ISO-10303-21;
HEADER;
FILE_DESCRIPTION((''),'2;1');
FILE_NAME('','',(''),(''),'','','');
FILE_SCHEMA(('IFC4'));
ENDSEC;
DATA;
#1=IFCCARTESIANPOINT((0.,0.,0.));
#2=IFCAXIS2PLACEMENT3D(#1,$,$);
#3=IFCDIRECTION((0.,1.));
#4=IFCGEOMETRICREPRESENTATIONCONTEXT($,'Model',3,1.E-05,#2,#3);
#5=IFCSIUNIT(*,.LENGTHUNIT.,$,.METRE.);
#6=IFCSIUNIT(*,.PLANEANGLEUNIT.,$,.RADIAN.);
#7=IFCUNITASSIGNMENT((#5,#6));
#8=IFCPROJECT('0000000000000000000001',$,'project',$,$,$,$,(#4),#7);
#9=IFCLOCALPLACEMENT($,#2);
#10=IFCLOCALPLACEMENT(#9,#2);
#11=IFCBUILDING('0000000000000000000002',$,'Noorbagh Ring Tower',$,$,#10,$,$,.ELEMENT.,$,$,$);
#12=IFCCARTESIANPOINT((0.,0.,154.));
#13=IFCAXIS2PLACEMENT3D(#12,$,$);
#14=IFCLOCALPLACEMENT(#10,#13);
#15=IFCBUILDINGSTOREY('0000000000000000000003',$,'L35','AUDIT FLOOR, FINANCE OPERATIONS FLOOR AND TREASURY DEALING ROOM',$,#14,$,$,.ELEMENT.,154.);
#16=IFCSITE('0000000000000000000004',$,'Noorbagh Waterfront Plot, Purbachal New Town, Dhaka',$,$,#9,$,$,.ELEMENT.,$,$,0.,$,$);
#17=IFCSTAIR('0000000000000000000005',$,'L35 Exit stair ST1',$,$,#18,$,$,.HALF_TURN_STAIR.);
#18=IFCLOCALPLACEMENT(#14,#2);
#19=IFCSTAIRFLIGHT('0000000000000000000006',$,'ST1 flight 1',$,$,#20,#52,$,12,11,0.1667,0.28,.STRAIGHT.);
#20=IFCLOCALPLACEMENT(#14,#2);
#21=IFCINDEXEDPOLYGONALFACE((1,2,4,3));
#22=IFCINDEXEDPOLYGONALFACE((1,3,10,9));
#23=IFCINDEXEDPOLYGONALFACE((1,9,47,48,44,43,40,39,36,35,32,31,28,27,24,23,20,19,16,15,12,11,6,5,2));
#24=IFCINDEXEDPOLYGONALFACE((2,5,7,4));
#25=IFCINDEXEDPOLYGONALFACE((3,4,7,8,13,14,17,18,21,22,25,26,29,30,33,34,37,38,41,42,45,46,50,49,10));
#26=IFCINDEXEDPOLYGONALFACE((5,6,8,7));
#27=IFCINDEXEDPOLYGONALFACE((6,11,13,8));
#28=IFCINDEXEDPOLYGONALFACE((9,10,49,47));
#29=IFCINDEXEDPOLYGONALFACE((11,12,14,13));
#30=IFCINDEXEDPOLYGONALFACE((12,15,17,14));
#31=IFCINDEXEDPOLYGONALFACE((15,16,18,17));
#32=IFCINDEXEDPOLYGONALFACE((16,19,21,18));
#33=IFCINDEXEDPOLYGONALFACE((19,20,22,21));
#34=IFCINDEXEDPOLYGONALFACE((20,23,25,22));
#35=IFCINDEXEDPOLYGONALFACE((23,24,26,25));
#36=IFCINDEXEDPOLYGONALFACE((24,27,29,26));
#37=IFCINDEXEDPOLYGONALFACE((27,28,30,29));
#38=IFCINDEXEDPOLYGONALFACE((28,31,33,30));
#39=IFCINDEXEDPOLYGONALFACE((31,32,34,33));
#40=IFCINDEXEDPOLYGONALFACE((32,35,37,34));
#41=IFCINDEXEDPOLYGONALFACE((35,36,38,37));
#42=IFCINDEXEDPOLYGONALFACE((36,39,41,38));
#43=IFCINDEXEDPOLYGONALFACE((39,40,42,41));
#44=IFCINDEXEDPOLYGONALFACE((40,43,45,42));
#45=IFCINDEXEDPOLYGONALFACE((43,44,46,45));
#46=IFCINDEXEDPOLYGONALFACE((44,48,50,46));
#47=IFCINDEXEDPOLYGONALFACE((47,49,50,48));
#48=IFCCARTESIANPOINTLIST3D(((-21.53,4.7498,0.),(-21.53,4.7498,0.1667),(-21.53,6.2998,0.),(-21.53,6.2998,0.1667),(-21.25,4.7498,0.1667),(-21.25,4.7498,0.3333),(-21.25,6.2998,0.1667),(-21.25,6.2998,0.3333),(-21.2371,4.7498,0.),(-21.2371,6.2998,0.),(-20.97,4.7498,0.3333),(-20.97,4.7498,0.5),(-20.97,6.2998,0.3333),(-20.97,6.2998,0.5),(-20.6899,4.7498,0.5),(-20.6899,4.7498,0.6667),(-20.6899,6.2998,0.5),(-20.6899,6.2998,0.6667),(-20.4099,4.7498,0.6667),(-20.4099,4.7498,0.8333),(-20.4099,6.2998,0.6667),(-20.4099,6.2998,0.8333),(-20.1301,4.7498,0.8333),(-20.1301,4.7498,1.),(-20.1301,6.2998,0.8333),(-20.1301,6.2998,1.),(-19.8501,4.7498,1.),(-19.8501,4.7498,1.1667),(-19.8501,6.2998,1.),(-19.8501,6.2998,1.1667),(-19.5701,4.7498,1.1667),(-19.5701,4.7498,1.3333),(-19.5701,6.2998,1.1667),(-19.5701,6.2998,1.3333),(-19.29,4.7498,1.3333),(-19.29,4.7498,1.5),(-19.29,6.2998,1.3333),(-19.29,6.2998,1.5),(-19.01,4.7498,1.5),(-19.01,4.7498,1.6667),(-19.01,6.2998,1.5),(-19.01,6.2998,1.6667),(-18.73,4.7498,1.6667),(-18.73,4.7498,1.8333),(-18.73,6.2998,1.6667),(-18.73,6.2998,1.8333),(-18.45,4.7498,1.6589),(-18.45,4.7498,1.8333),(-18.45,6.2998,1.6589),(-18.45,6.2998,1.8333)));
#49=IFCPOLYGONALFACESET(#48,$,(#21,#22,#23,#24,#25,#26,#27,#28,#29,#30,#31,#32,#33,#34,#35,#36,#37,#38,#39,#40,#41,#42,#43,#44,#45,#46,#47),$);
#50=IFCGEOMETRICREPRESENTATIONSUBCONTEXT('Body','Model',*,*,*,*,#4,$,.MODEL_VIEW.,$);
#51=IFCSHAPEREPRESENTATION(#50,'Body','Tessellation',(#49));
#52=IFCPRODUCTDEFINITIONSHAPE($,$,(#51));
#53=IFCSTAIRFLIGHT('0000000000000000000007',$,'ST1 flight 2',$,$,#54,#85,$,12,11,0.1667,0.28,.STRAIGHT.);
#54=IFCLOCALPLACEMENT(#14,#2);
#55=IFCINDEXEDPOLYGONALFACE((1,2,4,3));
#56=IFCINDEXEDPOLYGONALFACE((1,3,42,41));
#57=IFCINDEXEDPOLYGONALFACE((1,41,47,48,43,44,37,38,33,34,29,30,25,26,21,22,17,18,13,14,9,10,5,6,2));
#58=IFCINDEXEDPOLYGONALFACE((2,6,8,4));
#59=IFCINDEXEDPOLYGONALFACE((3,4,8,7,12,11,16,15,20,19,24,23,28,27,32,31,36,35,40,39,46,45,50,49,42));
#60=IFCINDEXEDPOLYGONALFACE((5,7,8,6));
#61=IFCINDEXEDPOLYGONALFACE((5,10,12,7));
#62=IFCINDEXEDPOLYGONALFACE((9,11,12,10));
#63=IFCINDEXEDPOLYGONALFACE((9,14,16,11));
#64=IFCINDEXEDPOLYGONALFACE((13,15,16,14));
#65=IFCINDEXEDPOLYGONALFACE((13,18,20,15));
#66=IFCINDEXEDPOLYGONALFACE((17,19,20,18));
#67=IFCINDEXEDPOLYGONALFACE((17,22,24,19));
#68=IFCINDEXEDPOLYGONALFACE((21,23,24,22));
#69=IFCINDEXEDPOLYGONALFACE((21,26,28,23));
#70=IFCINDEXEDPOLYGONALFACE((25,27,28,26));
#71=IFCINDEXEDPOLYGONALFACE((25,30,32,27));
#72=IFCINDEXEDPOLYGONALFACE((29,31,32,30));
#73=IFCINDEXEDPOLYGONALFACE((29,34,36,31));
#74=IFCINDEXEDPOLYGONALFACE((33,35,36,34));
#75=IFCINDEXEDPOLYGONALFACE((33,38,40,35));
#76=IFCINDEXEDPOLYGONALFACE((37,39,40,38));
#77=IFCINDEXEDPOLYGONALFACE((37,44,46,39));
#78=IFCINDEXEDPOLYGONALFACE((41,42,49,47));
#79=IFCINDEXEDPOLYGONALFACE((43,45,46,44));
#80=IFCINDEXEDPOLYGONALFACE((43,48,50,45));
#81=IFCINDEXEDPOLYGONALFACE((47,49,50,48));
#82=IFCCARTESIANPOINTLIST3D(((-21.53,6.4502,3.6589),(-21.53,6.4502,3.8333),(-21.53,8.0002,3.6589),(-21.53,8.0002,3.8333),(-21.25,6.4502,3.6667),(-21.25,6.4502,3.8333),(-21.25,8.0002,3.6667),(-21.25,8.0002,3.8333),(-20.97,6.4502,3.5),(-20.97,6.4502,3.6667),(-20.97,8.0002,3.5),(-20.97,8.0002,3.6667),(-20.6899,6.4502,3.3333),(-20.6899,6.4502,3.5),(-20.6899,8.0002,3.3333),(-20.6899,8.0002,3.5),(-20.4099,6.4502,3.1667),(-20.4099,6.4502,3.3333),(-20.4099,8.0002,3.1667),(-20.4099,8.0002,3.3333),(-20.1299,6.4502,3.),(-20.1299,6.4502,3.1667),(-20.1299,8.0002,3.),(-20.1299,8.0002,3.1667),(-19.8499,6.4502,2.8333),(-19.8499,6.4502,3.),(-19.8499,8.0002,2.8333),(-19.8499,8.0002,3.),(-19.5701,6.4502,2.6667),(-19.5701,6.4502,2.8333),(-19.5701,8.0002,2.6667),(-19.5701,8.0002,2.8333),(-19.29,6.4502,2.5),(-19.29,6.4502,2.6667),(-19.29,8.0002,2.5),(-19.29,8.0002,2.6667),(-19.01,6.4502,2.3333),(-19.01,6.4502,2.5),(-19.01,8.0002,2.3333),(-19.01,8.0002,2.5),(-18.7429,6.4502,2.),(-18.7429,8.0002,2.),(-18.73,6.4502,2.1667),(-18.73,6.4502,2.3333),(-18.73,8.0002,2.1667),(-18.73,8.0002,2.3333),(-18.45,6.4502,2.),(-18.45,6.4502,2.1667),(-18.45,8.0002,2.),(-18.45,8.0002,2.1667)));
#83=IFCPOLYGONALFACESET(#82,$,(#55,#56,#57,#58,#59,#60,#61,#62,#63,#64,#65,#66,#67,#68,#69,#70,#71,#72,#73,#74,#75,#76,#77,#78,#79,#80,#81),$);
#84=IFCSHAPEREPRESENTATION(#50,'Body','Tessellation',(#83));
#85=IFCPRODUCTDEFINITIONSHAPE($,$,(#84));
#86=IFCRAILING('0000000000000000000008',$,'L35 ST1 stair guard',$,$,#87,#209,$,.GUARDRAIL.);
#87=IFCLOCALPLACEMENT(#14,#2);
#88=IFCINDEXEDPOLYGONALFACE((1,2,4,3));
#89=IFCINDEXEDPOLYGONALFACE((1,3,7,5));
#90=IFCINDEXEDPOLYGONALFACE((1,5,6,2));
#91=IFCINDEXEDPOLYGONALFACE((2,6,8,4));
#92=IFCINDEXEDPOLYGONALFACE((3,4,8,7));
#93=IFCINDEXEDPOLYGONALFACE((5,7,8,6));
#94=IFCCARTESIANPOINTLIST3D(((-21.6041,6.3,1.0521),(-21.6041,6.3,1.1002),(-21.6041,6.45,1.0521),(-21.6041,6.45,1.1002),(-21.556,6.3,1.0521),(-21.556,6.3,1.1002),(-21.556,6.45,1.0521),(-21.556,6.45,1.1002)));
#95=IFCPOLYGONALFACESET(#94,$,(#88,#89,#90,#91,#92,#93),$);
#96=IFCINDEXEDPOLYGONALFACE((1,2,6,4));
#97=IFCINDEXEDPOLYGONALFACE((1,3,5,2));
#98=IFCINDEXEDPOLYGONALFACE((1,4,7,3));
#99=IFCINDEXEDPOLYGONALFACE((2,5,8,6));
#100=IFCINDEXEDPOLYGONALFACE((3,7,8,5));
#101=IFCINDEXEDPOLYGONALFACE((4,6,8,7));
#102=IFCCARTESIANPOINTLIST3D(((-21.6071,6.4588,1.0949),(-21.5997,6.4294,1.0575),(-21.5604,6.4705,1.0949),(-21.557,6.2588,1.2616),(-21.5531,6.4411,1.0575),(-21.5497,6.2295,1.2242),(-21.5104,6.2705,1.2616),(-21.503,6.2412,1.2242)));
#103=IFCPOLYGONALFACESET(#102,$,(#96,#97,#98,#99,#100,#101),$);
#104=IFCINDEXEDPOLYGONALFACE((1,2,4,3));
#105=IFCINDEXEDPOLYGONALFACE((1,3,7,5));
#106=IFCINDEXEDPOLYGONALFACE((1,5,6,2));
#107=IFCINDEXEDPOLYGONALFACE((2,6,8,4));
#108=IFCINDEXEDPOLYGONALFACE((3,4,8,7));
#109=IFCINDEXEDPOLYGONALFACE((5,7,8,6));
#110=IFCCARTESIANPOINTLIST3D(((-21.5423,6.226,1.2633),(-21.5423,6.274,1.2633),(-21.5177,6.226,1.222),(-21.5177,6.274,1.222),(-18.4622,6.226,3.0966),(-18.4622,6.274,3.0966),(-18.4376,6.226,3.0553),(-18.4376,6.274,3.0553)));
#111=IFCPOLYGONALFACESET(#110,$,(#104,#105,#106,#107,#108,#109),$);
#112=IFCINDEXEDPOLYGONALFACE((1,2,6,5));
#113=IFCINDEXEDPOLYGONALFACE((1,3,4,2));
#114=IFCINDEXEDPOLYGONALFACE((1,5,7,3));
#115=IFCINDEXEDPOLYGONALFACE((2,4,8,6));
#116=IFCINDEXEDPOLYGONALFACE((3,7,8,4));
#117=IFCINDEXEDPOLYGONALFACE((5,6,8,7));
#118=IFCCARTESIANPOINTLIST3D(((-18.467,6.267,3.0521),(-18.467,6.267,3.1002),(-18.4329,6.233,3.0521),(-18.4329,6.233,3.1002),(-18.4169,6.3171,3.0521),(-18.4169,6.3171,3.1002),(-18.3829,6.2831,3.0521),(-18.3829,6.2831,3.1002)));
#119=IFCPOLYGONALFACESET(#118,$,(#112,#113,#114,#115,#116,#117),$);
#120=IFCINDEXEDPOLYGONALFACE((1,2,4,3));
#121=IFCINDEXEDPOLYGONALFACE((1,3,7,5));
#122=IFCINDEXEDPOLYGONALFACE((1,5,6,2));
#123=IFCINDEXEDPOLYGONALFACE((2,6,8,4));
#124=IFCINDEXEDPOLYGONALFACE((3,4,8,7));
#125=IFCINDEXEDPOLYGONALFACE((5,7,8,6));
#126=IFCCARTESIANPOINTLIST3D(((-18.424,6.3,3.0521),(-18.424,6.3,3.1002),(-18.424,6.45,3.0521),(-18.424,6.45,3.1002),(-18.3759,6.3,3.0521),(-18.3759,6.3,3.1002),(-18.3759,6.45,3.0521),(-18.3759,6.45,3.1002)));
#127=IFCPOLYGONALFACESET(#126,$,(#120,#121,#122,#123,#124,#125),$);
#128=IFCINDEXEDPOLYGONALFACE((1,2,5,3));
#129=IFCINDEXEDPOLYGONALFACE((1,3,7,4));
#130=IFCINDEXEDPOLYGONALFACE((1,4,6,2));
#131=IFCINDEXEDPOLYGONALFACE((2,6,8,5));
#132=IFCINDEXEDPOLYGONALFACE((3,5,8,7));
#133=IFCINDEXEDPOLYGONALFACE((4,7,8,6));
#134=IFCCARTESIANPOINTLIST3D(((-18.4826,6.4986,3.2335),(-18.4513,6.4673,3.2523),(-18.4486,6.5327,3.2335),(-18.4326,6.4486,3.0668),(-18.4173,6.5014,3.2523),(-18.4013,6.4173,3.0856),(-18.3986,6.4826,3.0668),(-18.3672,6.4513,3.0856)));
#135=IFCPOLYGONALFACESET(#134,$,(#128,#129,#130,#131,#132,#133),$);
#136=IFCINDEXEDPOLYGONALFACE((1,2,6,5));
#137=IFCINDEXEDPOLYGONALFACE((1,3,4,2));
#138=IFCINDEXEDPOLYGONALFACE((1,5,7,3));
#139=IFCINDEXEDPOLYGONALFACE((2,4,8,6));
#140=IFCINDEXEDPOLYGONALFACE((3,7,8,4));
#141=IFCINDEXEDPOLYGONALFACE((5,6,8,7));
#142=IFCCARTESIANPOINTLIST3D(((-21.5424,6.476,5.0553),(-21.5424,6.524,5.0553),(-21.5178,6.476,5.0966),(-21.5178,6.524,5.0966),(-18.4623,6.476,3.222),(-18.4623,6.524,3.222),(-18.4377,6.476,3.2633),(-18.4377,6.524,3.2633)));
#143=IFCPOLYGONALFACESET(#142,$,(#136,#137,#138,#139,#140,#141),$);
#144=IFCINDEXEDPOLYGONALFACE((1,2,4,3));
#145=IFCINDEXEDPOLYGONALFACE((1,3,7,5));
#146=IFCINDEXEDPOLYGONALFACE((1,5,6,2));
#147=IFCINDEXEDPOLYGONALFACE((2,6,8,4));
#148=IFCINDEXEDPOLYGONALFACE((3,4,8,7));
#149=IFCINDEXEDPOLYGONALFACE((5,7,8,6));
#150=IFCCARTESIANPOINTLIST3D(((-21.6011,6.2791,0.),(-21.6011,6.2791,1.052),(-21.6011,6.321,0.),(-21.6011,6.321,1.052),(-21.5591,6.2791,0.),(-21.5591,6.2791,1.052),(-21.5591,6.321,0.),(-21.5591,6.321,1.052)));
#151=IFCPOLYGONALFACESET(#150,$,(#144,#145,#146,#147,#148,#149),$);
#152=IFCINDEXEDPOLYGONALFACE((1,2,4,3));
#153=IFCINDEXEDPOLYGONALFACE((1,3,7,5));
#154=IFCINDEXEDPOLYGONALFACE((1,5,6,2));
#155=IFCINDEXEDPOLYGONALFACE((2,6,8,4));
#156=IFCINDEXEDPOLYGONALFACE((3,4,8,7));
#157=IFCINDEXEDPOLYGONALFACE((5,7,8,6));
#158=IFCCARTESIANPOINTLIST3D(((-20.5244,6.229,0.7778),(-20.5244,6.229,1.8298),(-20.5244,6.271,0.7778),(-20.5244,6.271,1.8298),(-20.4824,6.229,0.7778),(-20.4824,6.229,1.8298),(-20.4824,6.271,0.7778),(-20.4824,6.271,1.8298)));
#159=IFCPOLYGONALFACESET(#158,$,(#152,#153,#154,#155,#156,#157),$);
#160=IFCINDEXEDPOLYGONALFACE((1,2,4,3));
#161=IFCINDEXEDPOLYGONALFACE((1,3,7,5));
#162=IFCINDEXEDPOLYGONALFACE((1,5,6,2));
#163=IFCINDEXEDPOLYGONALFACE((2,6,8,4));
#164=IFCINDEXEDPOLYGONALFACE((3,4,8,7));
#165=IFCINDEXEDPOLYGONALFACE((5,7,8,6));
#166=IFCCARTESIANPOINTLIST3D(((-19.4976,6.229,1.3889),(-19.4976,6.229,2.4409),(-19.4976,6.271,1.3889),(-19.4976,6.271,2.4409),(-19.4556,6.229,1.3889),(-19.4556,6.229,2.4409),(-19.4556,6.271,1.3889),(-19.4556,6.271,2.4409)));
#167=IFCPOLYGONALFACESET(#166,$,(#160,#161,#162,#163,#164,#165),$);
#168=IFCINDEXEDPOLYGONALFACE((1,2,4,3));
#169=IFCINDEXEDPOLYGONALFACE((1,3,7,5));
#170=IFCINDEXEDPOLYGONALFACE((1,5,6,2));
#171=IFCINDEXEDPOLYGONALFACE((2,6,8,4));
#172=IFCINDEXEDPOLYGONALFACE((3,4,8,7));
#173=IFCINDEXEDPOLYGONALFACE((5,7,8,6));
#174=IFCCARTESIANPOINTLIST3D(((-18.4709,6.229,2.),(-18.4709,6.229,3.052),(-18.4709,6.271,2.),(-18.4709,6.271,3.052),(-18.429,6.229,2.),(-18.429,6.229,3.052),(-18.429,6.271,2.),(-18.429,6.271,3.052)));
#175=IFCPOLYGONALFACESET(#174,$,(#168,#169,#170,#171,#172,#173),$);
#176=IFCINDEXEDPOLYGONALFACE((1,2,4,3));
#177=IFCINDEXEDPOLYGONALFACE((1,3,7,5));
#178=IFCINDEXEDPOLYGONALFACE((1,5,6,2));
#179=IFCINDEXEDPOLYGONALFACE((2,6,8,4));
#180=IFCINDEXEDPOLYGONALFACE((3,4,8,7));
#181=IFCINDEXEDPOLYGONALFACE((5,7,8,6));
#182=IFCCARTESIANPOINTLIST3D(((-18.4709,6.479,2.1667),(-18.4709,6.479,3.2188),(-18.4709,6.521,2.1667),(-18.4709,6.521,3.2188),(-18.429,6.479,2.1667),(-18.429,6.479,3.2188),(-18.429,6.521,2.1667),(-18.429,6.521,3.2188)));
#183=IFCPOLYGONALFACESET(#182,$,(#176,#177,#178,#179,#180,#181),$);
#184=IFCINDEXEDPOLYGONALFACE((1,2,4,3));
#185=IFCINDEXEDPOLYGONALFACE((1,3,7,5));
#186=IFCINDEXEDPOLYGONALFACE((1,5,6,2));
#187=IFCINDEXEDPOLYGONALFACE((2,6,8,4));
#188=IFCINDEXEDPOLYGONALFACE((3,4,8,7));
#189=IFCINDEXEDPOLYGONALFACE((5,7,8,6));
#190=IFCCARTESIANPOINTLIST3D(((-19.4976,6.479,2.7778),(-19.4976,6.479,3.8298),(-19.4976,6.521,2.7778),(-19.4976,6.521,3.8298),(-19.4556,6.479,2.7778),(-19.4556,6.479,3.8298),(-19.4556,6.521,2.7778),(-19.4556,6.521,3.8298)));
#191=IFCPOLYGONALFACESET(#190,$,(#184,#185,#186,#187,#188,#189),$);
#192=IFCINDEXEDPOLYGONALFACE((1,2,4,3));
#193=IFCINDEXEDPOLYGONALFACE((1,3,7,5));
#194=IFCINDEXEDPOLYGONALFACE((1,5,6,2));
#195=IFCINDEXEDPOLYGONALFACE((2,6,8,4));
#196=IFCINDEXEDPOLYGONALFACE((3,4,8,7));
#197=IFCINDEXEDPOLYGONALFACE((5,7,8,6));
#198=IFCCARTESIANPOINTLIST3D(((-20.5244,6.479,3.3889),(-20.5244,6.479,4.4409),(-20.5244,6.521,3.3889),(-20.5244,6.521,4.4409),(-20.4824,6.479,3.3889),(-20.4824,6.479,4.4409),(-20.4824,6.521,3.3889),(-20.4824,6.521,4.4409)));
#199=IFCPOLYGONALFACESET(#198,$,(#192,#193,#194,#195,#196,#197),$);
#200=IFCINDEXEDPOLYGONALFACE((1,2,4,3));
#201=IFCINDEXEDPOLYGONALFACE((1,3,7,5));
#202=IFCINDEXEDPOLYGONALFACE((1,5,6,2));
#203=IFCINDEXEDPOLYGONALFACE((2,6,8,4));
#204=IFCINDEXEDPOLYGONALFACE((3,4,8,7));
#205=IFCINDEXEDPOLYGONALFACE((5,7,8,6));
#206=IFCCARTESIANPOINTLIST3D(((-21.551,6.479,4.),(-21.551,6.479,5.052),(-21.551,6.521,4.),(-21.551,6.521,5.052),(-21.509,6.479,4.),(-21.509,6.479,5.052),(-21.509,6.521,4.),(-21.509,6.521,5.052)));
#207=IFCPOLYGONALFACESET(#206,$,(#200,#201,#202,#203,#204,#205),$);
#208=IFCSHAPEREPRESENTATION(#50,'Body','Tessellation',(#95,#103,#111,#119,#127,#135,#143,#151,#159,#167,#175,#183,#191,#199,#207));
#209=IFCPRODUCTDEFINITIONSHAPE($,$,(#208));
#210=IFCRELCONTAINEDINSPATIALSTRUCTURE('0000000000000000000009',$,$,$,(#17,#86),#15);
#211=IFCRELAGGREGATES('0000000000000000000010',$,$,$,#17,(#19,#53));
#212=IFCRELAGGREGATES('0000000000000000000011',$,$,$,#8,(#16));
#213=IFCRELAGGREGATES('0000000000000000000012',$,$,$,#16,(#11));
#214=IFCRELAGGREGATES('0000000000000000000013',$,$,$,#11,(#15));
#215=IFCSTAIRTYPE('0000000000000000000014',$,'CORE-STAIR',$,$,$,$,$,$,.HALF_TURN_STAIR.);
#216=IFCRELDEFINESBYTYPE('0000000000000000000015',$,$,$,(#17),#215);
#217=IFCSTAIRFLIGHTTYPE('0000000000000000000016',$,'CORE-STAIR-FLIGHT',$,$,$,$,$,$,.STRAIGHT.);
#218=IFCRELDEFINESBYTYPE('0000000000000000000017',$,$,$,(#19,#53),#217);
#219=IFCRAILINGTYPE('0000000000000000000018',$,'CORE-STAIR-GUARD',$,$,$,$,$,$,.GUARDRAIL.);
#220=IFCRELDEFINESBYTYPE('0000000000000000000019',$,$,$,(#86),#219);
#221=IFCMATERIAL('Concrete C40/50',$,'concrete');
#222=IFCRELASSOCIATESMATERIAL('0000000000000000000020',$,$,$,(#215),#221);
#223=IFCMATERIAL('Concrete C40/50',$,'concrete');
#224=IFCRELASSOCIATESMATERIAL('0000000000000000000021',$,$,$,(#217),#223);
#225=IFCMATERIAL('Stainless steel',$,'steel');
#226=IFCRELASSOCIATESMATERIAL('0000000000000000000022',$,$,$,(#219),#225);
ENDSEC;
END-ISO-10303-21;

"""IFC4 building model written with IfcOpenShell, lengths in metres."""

from ifc_helpers import new_model, si_unit, direction, frame, origin, origin_2d, place, context, subcontext, project, spatial, polyline, rectangle, outline, extrude, material, type_object, element, aggregate, save


model = new_model("IFC4")

# Units and contexts
model_context = context("Model", 3, precision=1e-05, world=origin(), true_north=direction((0.0, 1.0)))
body_context = subcontext(model_context, "Body", "Model", "MODEL_VIEW")
ifc_project = project(units=[si_unit("LENGTHUNIT", "METRE"), si_unit("PLANEANGLEUNIT", "RADIAN")], contexts=[model_context])

# Site, building, storey
site_placement = place(None, origin())
site = spatial("IfcSite", under=ifc_project, at=site_placement, Name="Noorbagh Waterfront Plot, Purbachal New Town, Dhaka", CompositionType="ELEMENT", RefElevation=0.0)
building_placement = place(site_placement, origin())
building = spatial("IfcBuilding", under=site, at=building_placement, Name="Noorbagh Ring Tower", CompositionType="ELEMENT")
storey_placement = place(building_placement, frame((0.0, 0.0, 154.0)))
storey = spatial("IfcBuildingStorey", under=building, at=storey_placement, Name="L35", Description="AUDIT FLOOR, FINANCE OPERATIONS FLOOR AND TREASURY DEALING ROOM", CompositionType="ELEMENT", Elevation=154.0)

# Stair, stair flights
ifc_material_1 = material(Name="Concrete C40/50", Category="concrete")
stair_type = type_object("IfcStairType", Name="CORE-STAIR", PredefinedType="HALF_TURN_STAIR", material=ifc_material_1)
stair_placement = place(storey_placement, origin())
stair = element("IfcStair", 1, at=stair_placement, inside=storey, type_object=stair_type, Name="L35 Exit stair ST1", PredefinedType="HALF_TURN_STAIR")
ifc_material_2 = material(Name="Concrete C40/50", Category="concrete")
stair_flight_type = type_object("IfcStairFlightType", Name="CORE-STAIR-FLIGHT", PredefinedType="STRAIGHT", material=ifc_material_2)
stair_flight_1_placement = place(storey_placement, frame((-21.53, 5.5249, 0.0), z_axis=(0.0, 0.0, 1.0), x_axis=(1.0, 0.0, 0.0)))
stair_flight_1 = element("IfcStairFlight", 2, at=stair_flight_1_placement, type_object=stair_flight_type, Name="ST1 flight 1", NumberOfRisers=12, NumberOfTreads=11, PredefinedType="STRAIGHT", RiserHeight=0.1667, TreadLength=0.28, context=body_context, shape_type="SweptSolid", body=[
    extrude(outline(polyline([(0.0, 0.0), (0.0, 0.1667), (0.28, 0.1667), (0.28, 0.3333), (0.5601, 0.3333), (0.5601, 0.5), (0.8401, 0.5), (0.8401, 0.6667), (1.1201, 0.6667), (1.1201, 0.8333), (1.3999, 0.8333), (1.3999, 1.0), (1.6799, 1.0), (1.6799, 1.1667), (1.96, 1.1667), (1.96, 1.3333), (2.24, 1.3333), (2.24, 1.5), (2.52, 1.5), (2.52, 1.6667), (2.8, 1.6667), (2.8, 1.8333), (3.0801, 1.8333), (3.0801, 2.0), (3.0801, 1.6589), (0.293, 0.0), (0.0, 0.0)])), frame((0.0, 0.7749, 0.0), z_axis=(0.0, -1.0, 0.0), x_axis=(1.0, 0.0, 0.0)), (0.0, 0.0, 1.0), 1.55),
])
stair_flight_2_placement = place(storey_placement, frame((-18.45, 7.2251, 2.0), z_axis=(0.0, 0.0, 1.0), x_axis=(-1.0, 0.0, 0.0)))
stair_flight_2 = element("IfcStairFlight", 3, at=stair_flight_2_placement, type_object=stair_flight_type, Name="ST1 flight 2", NumberOfRisers=12, NumberOfTreads=11, PredefinedType="STRAIGHT", RiserHeight=0.1667, TreadLength=0.28, context=body_context, shape_type="SweptSolid", body=[
    extrude(outline(polyline([(0.0, 0.0), (0.0, 0.1667), (0.28, 0.1667), (0.28, 0.3333), (0.5601, 0.3333), (0.5601, 0.5), (0.8401, 0.5), (0.8401, 0.6667), (1.1201, 0.6667), (1.1201, 0.8333), (1.3999, 0.8333), (1.3999, 1.0), (1.6799, 1.0), (1.6799, 1.1667), (1.96, 1.1667), (1.96, 1.3333), (2.24, 1.3333), (2.24, 1.5), (2.52, 1.5), (2.52, 1.6667), (2.8, 1.6667), (2.8, 1.8333), (3.0801, 1.8333), (3.0801, 2.0), (3.0801, 1.6589), (0.293, 0.0), (0.0, 0.0)])), frame((0.0, 0.7749, 0.0), z_axis=(0.0, -1.0, 0.0), x_axis=(1.0, 0.0, 0.0)), (0.0, 0.0, 1.0), 1.55),
])
aggregate(stair, [stair_flight_1, stair_flight_2])

# Railing
ifc_material_3 = material(Name="Stainless steel", Category="steel")
railing_type_1 = type_object("IfcRailingType", Name="CORE-STAIR-GUARD", PredefinedType="GUARDRAIL", material=ifc_material_3)
railing_1_placement = place(storey_placement, frame((-21.5801, 6.3, 0.0)))
element("IfcRailing", 4, at=railing_1_placement, inside=storey, type_object=railing_type_1, Name="L35 ST1 stair guard", PredefinedType="GUARDRAIL", context=body_context, shape_type="SweptSolid", body=[
    extrude(rectangle(XDim=0.0481, YDim=0.0481, at=origin_2d()), frame((0.0, 0.0, 1.0762), z_axis=(0.0, 1.0, 0.0), x_axis=(-1.0, 0.0, 0.0)), (0.0, 0.0, 1.0), 0.1499),
    extrude(rectangle(XDim=0.0481, YDim=0.0481, at=origin_2d()), frame((0.0, 0.1499, 1.0762), z_axis=(0.188776, -0.754182, 0.628946), x_axis=(0.970073, 0.242814, 0.0)), (0.0, 0.0, 1.0), 0.2651),
    extrude(rectangle(XDim=0.0481, YDim=0.0481, at=origin_2d()), frame((0.05, -0.05, 1.2427), z_axis=(0.859309, 0.0, 0.511458), x_axis=(0.0, 1.0, 0.0)), (0.0, 0.0, 1.0), 3.5845),
    extrude(rectangle(XDim=0.0481, YDim=0.0481, at=origin_2d()), frame((3.1301, -0.05, 3.0762), z_axis=(0.707107, 0.707107, 0.0), x_axis=(-0.707107, 0.707107, 0.0)), (0.0, 0.0, 1.0), 0.0708),
    extrude(rectangle(XDim=0.0481, YDim=0.0481, at=origin_2d()), frame((3.1802, 0.0, 3.0762), z_axis=(0.0, 1.0, 0.0), x_axis=(-1.0, 0.0, 0.0)), (0.0, 0.0, 1.0), 0.1499),
    extrude(rectangle(XDim=0.0481, YDim=0.0481, at=origin_2d()), frame((3.1802, 0.1499, 3.0762), z_axis=(-0.276287, 0.276287, 0.920506), x_axis=(-0.707107, -0.707107, 0.0)), (0.0, 0.0, 1.0), 0.1812),
    extrude(rectangle(XDim=0.0481, YDim=0.0481, at=origin_2d()), frame((3.1301, 0.2, 3.2427), z_axis=(-0.859309, 0.0, 0.511458), x_axis=(0.0, -1.0, 0.0)), (0.0, 0.0, 1.0), 3.5845),
    extrude(rectangle(XDim=0.042, YDim=0.042, at=origin_2d()), origin(), (0.0, 0.0, 1.0), 1.052),
    extrude(rectangle(XDim=0.042, YDim=0.042, at=origin_2d()), frame((1.0767, -0.05, 0.7778)), (0.0, 0.0, 1.0), 1.052),
    extrude(rectangle(XDim=0.042, YDim=0.042, at=origin_2d()), frame((2.1035, -0.05, 1.3889)), (0.0, 0.0, 1.0), 1.052),
    extrude(rectangle(XDim=0.042, YDim=0.042, at=origin_2d()), frame((3.1301, -0.05, 2.0)), (0.0, 0.0, 1.0), 1.052),
    extrude(rectangle(XDim=0.042, YDim=0.042, at=origin_2d()), frame((3.1301, 0.2, 2.1667)), (0.0, 0.0, 1.0), 1.052),
    extrude(rectangle(XDim=0.042, YDim=0.042, at=origin_2d()), frame((2.1035, 0.2, 2.7778)), (0.0, 0.0, 1.0), 1.052),
    extrude(rectangle(XDim=0.042, YDim=0.042, at=origin_2d()), frame((1.0767, 0.2, 3.3889)), (0.0, 0.0, 1.0), 1.052),
    extrude(rectangle(XDim=0.042, YDim=0.042, at=origin_2d()), frame((0.05, 0.2, 4.0)), (0.0, 0.0, 1.0), 1.052),
])

save(model, "model.ifc")
